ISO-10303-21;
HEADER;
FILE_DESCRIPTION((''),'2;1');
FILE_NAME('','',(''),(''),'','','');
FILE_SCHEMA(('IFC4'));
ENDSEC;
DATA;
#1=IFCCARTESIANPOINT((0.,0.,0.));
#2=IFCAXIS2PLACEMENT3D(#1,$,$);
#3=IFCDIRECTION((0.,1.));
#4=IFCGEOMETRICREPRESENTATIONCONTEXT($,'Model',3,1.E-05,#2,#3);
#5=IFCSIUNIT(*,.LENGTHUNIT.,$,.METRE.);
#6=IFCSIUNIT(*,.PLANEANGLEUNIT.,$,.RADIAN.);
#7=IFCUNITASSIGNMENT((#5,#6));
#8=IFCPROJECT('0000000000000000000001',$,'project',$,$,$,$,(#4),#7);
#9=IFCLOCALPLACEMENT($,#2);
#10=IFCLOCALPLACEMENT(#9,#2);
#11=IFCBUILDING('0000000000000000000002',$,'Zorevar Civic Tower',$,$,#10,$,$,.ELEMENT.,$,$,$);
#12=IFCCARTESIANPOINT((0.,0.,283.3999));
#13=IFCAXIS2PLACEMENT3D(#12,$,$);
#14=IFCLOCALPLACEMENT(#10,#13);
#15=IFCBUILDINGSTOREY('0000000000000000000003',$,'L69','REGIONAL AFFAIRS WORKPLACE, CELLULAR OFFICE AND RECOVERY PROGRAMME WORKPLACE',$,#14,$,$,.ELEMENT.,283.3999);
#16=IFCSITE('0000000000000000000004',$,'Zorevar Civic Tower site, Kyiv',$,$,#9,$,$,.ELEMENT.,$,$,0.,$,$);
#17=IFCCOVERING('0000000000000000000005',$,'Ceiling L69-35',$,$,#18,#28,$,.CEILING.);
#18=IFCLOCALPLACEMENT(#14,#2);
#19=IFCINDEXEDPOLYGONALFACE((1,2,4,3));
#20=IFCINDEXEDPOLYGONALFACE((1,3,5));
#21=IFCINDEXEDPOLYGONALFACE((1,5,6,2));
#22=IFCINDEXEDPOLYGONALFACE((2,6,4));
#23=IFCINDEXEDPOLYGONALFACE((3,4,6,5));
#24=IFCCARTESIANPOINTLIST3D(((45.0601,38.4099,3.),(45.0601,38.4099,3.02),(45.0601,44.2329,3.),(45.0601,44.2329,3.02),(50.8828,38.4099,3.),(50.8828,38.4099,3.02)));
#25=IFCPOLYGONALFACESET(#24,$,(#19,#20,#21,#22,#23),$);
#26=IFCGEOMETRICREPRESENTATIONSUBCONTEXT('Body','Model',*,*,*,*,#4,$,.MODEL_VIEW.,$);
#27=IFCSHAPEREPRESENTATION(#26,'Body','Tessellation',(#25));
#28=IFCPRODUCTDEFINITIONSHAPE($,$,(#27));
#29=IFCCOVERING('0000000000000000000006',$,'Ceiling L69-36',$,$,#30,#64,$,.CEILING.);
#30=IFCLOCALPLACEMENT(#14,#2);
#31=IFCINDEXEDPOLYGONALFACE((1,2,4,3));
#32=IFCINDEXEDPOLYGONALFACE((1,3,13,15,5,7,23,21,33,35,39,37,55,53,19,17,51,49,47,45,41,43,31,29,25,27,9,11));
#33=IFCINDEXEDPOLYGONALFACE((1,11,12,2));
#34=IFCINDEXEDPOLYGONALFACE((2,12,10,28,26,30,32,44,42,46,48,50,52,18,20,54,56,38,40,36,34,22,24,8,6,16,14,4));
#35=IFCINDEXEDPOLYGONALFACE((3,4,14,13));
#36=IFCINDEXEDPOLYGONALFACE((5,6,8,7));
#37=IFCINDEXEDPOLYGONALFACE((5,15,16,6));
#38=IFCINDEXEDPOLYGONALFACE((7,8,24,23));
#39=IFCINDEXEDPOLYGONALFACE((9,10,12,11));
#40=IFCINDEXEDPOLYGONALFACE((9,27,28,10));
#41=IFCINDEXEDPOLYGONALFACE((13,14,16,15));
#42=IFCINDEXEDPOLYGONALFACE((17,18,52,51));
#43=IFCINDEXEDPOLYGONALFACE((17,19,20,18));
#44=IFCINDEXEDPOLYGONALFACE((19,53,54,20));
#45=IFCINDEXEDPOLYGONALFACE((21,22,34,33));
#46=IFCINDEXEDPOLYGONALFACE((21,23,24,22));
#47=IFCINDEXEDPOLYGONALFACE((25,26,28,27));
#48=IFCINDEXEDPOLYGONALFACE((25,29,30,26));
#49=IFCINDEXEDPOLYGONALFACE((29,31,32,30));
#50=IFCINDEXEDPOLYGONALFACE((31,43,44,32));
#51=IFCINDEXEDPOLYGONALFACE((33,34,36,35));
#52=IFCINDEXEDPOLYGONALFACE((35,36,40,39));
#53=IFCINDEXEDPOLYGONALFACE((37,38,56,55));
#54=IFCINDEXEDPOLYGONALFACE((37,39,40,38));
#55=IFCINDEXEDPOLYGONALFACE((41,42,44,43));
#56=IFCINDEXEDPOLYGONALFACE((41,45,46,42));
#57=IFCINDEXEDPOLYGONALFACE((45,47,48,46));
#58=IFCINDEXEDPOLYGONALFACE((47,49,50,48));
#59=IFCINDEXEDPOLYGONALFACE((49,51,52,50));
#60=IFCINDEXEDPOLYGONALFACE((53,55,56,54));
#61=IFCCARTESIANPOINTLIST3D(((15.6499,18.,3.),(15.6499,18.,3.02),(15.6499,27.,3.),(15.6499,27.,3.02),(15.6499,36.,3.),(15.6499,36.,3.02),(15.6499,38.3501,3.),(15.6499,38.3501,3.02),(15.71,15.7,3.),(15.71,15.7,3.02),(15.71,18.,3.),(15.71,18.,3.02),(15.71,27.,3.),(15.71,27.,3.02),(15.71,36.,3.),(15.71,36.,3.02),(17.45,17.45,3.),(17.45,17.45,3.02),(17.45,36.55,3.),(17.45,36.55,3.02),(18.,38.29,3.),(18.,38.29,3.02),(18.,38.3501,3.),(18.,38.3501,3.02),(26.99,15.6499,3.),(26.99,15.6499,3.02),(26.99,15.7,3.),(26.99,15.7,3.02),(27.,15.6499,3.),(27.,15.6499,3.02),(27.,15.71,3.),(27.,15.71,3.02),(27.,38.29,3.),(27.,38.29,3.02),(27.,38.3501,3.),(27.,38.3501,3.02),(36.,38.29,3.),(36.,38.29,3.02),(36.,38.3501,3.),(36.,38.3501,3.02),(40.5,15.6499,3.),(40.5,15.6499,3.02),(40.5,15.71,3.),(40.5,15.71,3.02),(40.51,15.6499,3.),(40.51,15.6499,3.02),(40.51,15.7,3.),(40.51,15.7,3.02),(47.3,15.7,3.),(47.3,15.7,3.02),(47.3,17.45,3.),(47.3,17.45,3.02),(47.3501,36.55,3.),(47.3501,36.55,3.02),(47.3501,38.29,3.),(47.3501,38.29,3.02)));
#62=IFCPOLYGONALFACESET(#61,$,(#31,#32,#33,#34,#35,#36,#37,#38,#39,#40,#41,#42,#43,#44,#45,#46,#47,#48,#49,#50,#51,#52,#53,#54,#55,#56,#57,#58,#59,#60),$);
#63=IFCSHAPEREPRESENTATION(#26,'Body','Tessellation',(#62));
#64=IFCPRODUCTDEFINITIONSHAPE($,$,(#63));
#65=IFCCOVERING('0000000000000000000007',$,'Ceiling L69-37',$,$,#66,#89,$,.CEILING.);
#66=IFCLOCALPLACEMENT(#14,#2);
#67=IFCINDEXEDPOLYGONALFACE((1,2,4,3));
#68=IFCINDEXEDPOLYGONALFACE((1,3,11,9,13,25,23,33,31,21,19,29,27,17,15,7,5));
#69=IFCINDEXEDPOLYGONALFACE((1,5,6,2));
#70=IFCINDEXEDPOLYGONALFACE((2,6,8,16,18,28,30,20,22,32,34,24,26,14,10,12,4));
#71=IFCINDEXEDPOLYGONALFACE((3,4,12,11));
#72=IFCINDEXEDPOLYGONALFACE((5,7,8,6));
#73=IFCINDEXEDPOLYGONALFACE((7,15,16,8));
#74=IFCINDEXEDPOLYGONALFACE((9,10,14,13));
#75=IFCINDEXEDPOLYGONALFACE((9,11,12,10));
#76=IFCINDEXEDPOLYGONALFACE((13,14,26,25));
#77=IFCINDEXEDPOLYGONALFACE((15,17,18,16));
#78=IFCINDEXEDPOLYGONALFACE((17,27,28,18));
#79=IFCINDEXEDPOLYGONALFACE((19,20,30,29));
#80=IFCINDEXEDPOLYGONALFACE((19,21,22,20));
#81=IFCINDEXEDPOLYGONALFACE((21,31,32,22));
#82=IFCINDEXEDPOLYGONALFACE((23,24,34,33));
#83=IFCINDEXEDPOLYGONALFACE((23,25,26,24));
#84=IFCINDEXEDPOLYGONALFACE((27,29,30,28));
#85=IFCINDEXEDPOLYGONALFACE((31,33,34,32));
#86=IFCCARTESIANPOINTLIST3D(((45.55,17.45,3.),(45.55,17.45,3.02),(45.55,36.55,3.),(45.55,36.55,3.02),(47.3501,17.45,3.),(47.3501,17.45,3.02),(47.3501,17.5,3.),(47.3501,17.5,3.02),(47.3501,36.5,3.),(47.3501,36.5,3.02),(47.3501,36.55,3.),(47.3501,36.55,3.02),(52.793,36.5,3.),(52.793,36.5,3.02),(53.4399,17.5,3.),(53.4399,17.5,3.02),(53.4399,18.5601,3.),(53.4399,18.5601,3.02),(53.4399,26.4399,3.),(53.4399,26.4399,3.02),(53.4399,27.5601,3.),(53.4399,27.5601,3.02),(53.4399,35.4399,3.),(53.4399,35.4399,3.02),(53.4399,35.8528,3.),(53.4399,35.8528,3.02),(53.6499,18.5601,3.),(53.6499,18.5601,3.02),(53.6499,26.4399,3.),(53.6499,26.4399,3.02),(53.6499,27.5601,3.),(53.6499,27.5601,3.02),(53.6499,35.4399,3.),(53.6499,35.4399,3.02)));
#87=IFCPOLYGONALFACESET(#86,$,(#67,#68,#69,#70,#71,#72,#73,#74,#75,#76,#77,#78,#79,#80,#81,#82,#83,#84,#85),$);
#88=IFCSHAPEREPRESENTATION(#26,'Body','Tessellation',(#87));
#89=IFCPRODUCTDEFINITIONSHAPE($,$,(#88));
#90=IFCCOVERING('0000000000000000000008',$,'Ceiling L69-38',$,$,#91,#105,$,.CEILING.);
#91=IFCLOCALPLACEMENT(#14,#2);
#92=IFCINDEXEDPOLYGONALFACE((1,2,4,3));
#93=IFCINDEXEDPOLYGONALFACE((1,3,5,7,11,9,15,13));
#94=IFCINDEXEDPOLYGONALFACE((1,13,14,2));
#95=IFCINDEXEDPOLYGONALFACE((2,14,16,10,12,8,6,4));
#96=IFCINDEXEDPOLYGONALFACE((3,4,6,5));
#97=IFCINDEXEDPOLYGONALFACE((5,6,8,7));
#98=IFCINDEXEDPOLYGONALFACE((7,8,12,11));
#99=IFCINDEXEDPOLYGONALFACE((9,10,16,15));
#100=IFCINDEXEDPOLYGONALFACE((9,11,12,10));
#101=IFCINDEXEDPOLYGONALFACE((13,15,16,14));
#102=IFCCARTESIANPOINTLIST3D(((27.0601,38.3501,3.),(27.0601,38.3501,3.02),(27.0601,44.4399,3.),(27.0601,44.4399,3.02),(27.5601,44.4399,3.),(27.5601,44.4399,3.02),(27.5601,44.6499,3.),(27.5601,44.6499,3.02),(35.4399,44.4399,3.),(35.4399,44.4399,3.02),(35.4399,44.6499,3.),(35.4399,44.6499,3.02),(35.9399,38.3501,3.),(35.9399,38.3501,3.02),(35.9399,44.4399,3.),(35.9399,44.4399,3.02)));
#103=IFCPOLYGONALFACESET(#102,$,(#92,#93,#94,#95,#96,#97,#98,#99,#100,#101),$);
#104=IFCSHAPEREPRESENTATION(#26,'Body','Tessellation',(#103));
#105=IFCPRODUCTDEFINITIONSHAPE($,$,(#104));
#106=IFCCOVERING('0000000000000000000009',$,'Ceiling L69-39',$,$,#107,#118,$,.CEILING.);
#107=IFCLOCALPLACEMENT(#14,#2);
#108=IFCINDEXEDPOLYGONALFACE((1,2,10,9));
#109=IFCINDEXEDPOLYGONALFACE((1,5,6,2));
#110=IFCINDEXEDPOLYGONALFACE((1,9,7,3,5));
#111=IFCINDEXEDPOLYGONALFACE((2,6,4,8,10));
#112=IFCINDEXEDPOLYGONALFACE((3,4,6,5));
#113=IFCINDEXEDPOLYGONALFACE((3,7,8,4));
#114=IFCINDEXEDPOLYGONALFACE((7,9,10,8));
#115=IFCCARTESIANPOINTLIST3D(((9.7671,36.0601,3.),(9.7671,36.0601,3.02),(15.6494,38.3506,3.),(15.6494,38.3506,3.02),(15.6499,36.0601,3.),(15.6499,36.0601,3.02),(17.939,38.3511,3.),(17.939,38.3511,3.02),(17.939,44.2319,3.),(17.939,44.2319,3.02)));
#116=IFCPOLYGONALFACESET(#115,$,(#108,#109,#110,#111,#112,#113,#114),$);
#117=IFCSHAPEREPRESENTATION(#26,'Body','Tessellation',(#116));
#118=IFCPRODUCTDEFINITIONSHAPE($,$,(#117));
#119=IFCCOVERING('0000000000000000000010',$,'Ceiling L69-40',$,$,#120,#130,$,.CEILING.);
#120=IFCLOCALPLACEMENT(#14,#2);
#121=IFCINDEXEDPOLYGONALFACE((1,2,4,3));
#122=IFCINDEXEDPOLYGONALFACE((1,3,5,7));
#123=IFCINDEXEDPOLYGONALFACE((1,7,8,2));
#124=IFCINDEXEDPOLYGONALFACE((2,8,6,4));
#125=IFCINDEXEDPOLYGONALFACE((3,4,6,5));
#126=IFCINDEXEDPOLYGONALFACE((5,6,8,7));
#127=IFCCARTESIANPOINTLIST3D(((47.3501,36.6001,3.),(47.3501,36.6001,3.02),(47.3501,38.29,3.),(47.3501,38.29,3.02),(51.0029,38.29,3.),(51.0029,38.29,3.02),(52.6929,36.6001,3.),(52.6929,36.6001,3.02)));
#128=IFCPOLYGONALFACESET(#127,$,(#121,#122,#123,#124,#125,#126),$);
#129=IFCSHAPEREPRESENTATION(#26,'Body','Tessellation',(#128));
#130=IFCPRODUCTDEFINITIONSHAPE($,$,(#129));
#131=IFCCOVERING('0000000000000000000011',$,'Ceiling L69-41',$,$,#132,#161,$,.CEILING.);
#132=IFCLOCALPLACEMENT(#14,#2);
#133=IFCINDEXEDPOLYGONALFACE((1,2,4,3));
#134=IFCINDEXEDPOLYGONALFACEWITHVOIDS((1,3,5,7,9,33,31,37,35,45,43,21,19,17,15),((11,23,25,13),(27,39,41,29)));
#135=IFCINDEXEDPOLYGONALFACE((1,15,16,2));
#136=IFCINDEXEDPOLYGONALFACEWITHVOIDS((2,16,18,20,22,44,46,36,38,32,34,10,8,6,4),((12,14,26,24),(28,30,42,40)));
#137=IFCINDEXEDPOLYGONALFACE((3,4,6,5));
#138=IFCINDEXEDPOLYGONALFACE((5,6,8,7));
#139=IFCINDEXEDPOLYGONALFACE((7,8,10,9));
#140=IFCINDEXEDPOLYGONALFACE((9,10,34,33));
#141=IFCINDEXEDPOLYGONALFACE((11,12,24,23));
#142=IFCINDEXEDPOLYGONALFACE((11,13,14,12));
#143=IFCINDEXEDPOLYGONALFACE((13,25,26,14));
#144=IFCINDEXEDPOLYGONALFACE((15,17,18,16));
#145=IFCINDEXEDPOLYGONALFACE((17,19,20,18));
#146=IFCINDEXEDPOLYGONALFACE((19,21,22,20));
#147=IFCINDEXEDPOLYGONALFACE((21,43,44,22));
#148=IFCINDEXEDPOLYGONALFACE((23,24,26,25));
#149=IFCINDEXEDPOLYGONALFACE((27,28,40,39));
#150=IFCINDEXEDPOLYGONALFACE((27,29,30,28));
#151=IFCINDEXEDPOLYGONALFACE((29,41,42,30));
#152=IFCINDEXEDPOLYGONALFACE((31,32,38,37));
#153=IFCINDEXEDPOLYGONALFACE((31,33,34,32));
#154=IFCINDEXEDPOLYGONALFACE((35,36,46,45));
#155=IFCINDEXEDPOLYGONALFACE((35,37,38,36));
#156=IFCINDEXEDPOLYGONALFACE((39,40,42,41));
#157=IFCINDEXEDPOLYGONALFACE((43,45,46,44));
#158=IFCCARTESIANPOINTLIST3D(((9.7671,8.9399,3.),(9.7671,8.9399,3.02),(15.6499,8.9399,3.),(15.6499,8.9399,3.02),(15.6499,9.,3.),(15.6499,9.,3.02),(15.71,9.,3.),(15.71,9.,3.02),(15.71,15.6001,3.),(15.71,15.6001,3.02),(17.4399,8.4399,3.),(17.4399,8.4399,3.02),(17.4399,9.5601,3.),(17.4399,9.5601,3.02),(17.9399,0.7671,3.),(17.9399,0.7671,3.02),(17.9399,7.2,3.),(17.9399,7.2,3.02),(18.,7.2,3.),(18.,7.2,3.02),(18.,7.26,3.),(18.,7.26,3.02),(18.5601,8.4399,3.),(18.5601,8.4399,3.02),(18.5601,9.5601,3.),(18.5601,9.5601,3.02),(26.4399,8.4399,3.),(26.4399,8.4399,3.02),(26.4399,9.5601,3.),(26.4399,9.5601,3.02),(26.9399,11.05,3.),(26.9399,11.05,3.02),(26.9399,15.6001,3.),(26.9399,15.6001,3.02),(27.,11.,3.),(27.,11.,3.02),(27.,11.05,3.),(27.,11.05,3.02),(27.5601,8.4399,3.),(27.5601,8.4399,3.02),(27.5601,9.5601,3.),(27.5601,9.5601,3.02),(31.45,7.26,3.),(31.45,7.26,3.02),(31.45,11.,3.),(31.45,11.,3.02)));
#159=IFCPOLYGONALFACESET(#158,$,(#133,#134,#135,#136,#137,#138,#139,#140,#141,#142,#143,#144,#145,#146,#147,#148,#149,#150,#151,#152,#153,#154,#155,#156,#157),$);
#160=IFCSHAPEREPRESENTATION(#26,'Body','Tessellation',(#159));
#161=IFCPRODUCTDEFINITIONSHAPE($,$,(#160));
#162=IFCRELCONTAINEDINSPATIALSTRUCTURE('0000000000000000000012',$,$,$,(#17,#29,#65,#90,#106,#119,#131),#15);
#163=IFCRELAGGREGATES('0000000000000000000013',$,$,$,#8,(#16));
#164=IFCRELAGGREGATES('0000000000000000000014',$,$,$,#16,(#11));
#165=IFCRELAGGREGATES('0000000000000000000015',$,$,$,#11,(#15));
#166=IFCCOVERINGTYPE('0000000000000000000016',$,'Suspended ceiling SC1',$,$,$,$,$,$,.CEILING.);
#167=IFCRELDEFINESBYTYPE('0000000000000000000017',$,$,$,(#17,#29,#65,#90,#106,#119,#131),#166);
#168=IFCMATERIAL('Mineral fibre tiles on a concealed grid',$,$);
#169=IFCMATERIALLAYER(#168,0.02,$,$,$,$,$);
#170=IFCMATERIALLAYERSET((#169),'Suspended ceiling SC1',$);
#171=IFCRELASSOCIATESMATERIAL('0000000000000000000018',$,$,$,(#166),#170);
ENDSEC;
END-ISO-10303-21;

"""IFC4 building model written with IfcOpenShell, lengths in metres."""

from ifc_helpers import new_model, si_unit, direction, frame, origin, place, context, subcontext, project, spatial, polyline, outline, extrude, material, layer, layer_set, type_object, element, save


model = new_model("IFC4")

# Units and contexts
model_context = context("Model", 3, precision=1e-05, world=origin(), true_north=direction((0.0, 1.0)))
body_context = subcontext(model_context, "Body", "Model", "MODEL_VIEW")
ifc_project = project(units=[si_unit("LENGTHUNIT", "METRE"), si_unit("PLANEANGLEUNIT", "RADIAN")], contexts=[model_context])

# Site, building, storey
site_placement = place(None, origin())
site = spatial("IfcSite", under=ifc_project, at=site_placement, Name="Zorevar Civic Tower site, Kyiv", CompositionType="ELEMENT", RefElevation=0.0)
building_placement = place(site_placement, origin())
building = spatial("IfcBuilding", under=site, at=building_placement, Name="Zorevar Civic Tower", CompositionType="ELEMENT")
storey_placement = place(building_placement, frame((0.0, 0.0, 283.3999)))
storey = spatial("IfcBuildingStorey", under=building, at=storey_placement, Name="L69", Description="REGIONAL AFFAIRS WORKPLACE, CELLULAR OFFICE AND RECOVERY PROGRAMME WORKPLACE", CompositionType="ELEMENT", Elevation=283.3999)

# Coverings
ifc_material = material(Name="Mineral fibre tiles on a concealed grid")
ifc_layer = layer(ifc_material, 0.02)
ifc_layer_set = layer_set([ifc_layer], Name="Suspended ceiling SC1")
covering_type = type_object("IfcCoveringType", Name="Suspended ceiling SC1", PredefinedType="CEILING", material=ifc_layer_set)
covering_1_placement = place(storey_placement, frame((0.0, 0.0, 3.0)))
element("IfcCovering", 1, at=covering_1_placement, inside=storey, type_object=covering_type, Name="Ceiling L69-35", PredefinedType="CEILING", context=body_context, shape_type="SweptSolid", body=[
    extrude(outline(polyline([(45.0601, 38.4099), (45.0601, 44.2329), (50.8828, 38.4099), (45.0601, 38.4099)])), origin(), (0.0, 0.0, 1.0), 0.02),
])
covering_2_placement = place(storey_placement, frame((0.0, 0.0, 3.0)))
element("IfcCovering", 2, at=covering_2_placement, inside=storey, type_object=covering_type, Name="Ceiling L69-36", PredefinedType="CEILING", context=body_context, shape_type="SweptSolid", body=[
    extrude(outline(polyline([(15.6499, 18.0), (15.6499, 27.0), (15.71, 27.0), (15.71, 36.0), (15.6499, 36.0), (15.6499, 38.3501), (18.0, 38.3501), (18.0, 38.29), (27.0, 38.29), (27.0, 38.3501), (36.0, 38.3501), (36.0, 38.29), (47.3501, 38.29), (47.3501, 36.55), (17.45, 36.55), (17.45, 17.45), (47.3, 17.45), (47.3, 15.7), (40.51, 15.7), (40.51, 15.6499), (40.5, 15.6499), (40.5, 15.71), (27.0, 15.71), (27.0, 15.6499), (26.99, 15.6499), (26.99, 15.7), (15.71, 15.7), (15.71, 18.0), (15.6499, 18.0)])), origin(), (0.0, 0.0, 1.0), 0.02),
])
covering_3_placement = place(storey_placement, frame((0.0, 0.0, 3.0)))
element("IfcCovering", 3, at=covering_3_placement, inside=storey, type_object=covering_type, Name="Ceiling L69-37", PredefinedType="CEILING", context=body_context, shape_type="SweptSolid", body=[
    extrude(outline(polyline([(53.4399, 17.5), (47.3501, 17.5), (47.3501, 17.45), (45.55, 17.45), (45.55, 36.55), (47.3501, 36.55), (47.3501, 36.5), (52.793, 36.5), (53.4399, 35.8528), (53.4399, 35.4399), (53.6499, 35.4399), (53.6499, 27.5601), (53.4399, 27.5601), (53.4399, 26.4399), (53.6499, 26.4399), (53.6499, 18.5601), (53.4399, 18.5601), (53.4399, 17.5)])), origin(), (0.0, 0.0, 1.0), 0.02),
])
covering_4_placement = place(storey_placement, frame((0.0, 0.0, 3.0)))
element("IfcCovering", 4, at=covering_4_placement, inside=storey, type_object=covering_type, Name="Ceiling L69-38", PredefinedType="CEILING", context=body_context, shape_type="SweptSolid", body=[
    extrude(outline(polyline([(35.9399, 38.3501), (27.0601, 38.3501), (27.0601, 44.4399), (27.5601, 44.4399), (27.5601, 44.6499), (35.4399, 44.6499), (35.4399, 44.4399), (35.9399, 44.4399), (35.9399, 38.3501)])), origin(), (0.0, 0.0, 1.0), 0.02),
])
covering_5_placement = place(storey_placement, frame((0.0, 0.0, 3.0)))
element("IfcCovering", 5, at=covering_5_placement, inside=storey, type_object=covering_type, Name="Ceiling L69-39", PredefinedType="CEILING", context=body_context, shape_type="SweptSolid", body=[
    extrude(outline(polyline([(17.939, 38.3511), (15.6494, 38.3506), (15.6499, 36.0601), (9.7671, 36.0601), (17.939, 44.2319), (17.939, 38.3511)])), origin(), (0.0, 0.0, 1.0), 0.02),
])
covering_6_placement = place(storey_placement, frame((0.0, 0.0, 3.0)))
element("IfcCovering", 6, at=covering_6_placement, inside=storey, type_object=covering_type, Name="Ceiling L69-40", PredefinedType="CEILING", context=body_context, shape_type="SweptSolid", body=[
    extrude(outline(polyline([(47.3501, 36.6001), (47.3501, 38.29), (51.0029, 38.29), (52.6929, 36.6001), (47.3501, 36.6001)])), origin(), (0.0, 0.0, 1.0), 0.02),
])
covering_7_placement = place(storey_placement, frame((0.0, 0.0, 3.0)))
element("IfcCovering", 7, at=covering_7_placement, inside=storey, type_object=covering_type, Name="Ceiling L69-41", PredefinedType="CEILING", context=body_context, shape_type="SweptSolid", body=[
    extrude(outline(polyline([(15.6499, 8.9399), (15.6499, 9.0), (15.71, 9.0), (15.71, 15.6001), (26.9399, 15.6001), (26.9399, 11.05), (27.0, 11.05), (27.0, 11.0), (31.45, 11.0), (31.45, 7.26), (18.0, 7.26), (18.0, 7.2), (17.9399, 7.2), (17.9399, 0.7671), (9.7671, 8.9399), (15.6499, 8.9399)]), holes=[polyline([(17.4399, 8.4399), (18.5601, 8.4399), (18.5601, 9.5601), (17.4399, 9.5601), (17.4399, 8.4399)]), polyline([(26.4399, 9.5601), (26.4399, 8.4399), (27.5601, 8.4399), (27.5601, 9.5601), (26.4399, 9.5601)])]), origin(), (0.0, 0.0, 1.0), 0.02),
])

save(model, "model.ifc")
